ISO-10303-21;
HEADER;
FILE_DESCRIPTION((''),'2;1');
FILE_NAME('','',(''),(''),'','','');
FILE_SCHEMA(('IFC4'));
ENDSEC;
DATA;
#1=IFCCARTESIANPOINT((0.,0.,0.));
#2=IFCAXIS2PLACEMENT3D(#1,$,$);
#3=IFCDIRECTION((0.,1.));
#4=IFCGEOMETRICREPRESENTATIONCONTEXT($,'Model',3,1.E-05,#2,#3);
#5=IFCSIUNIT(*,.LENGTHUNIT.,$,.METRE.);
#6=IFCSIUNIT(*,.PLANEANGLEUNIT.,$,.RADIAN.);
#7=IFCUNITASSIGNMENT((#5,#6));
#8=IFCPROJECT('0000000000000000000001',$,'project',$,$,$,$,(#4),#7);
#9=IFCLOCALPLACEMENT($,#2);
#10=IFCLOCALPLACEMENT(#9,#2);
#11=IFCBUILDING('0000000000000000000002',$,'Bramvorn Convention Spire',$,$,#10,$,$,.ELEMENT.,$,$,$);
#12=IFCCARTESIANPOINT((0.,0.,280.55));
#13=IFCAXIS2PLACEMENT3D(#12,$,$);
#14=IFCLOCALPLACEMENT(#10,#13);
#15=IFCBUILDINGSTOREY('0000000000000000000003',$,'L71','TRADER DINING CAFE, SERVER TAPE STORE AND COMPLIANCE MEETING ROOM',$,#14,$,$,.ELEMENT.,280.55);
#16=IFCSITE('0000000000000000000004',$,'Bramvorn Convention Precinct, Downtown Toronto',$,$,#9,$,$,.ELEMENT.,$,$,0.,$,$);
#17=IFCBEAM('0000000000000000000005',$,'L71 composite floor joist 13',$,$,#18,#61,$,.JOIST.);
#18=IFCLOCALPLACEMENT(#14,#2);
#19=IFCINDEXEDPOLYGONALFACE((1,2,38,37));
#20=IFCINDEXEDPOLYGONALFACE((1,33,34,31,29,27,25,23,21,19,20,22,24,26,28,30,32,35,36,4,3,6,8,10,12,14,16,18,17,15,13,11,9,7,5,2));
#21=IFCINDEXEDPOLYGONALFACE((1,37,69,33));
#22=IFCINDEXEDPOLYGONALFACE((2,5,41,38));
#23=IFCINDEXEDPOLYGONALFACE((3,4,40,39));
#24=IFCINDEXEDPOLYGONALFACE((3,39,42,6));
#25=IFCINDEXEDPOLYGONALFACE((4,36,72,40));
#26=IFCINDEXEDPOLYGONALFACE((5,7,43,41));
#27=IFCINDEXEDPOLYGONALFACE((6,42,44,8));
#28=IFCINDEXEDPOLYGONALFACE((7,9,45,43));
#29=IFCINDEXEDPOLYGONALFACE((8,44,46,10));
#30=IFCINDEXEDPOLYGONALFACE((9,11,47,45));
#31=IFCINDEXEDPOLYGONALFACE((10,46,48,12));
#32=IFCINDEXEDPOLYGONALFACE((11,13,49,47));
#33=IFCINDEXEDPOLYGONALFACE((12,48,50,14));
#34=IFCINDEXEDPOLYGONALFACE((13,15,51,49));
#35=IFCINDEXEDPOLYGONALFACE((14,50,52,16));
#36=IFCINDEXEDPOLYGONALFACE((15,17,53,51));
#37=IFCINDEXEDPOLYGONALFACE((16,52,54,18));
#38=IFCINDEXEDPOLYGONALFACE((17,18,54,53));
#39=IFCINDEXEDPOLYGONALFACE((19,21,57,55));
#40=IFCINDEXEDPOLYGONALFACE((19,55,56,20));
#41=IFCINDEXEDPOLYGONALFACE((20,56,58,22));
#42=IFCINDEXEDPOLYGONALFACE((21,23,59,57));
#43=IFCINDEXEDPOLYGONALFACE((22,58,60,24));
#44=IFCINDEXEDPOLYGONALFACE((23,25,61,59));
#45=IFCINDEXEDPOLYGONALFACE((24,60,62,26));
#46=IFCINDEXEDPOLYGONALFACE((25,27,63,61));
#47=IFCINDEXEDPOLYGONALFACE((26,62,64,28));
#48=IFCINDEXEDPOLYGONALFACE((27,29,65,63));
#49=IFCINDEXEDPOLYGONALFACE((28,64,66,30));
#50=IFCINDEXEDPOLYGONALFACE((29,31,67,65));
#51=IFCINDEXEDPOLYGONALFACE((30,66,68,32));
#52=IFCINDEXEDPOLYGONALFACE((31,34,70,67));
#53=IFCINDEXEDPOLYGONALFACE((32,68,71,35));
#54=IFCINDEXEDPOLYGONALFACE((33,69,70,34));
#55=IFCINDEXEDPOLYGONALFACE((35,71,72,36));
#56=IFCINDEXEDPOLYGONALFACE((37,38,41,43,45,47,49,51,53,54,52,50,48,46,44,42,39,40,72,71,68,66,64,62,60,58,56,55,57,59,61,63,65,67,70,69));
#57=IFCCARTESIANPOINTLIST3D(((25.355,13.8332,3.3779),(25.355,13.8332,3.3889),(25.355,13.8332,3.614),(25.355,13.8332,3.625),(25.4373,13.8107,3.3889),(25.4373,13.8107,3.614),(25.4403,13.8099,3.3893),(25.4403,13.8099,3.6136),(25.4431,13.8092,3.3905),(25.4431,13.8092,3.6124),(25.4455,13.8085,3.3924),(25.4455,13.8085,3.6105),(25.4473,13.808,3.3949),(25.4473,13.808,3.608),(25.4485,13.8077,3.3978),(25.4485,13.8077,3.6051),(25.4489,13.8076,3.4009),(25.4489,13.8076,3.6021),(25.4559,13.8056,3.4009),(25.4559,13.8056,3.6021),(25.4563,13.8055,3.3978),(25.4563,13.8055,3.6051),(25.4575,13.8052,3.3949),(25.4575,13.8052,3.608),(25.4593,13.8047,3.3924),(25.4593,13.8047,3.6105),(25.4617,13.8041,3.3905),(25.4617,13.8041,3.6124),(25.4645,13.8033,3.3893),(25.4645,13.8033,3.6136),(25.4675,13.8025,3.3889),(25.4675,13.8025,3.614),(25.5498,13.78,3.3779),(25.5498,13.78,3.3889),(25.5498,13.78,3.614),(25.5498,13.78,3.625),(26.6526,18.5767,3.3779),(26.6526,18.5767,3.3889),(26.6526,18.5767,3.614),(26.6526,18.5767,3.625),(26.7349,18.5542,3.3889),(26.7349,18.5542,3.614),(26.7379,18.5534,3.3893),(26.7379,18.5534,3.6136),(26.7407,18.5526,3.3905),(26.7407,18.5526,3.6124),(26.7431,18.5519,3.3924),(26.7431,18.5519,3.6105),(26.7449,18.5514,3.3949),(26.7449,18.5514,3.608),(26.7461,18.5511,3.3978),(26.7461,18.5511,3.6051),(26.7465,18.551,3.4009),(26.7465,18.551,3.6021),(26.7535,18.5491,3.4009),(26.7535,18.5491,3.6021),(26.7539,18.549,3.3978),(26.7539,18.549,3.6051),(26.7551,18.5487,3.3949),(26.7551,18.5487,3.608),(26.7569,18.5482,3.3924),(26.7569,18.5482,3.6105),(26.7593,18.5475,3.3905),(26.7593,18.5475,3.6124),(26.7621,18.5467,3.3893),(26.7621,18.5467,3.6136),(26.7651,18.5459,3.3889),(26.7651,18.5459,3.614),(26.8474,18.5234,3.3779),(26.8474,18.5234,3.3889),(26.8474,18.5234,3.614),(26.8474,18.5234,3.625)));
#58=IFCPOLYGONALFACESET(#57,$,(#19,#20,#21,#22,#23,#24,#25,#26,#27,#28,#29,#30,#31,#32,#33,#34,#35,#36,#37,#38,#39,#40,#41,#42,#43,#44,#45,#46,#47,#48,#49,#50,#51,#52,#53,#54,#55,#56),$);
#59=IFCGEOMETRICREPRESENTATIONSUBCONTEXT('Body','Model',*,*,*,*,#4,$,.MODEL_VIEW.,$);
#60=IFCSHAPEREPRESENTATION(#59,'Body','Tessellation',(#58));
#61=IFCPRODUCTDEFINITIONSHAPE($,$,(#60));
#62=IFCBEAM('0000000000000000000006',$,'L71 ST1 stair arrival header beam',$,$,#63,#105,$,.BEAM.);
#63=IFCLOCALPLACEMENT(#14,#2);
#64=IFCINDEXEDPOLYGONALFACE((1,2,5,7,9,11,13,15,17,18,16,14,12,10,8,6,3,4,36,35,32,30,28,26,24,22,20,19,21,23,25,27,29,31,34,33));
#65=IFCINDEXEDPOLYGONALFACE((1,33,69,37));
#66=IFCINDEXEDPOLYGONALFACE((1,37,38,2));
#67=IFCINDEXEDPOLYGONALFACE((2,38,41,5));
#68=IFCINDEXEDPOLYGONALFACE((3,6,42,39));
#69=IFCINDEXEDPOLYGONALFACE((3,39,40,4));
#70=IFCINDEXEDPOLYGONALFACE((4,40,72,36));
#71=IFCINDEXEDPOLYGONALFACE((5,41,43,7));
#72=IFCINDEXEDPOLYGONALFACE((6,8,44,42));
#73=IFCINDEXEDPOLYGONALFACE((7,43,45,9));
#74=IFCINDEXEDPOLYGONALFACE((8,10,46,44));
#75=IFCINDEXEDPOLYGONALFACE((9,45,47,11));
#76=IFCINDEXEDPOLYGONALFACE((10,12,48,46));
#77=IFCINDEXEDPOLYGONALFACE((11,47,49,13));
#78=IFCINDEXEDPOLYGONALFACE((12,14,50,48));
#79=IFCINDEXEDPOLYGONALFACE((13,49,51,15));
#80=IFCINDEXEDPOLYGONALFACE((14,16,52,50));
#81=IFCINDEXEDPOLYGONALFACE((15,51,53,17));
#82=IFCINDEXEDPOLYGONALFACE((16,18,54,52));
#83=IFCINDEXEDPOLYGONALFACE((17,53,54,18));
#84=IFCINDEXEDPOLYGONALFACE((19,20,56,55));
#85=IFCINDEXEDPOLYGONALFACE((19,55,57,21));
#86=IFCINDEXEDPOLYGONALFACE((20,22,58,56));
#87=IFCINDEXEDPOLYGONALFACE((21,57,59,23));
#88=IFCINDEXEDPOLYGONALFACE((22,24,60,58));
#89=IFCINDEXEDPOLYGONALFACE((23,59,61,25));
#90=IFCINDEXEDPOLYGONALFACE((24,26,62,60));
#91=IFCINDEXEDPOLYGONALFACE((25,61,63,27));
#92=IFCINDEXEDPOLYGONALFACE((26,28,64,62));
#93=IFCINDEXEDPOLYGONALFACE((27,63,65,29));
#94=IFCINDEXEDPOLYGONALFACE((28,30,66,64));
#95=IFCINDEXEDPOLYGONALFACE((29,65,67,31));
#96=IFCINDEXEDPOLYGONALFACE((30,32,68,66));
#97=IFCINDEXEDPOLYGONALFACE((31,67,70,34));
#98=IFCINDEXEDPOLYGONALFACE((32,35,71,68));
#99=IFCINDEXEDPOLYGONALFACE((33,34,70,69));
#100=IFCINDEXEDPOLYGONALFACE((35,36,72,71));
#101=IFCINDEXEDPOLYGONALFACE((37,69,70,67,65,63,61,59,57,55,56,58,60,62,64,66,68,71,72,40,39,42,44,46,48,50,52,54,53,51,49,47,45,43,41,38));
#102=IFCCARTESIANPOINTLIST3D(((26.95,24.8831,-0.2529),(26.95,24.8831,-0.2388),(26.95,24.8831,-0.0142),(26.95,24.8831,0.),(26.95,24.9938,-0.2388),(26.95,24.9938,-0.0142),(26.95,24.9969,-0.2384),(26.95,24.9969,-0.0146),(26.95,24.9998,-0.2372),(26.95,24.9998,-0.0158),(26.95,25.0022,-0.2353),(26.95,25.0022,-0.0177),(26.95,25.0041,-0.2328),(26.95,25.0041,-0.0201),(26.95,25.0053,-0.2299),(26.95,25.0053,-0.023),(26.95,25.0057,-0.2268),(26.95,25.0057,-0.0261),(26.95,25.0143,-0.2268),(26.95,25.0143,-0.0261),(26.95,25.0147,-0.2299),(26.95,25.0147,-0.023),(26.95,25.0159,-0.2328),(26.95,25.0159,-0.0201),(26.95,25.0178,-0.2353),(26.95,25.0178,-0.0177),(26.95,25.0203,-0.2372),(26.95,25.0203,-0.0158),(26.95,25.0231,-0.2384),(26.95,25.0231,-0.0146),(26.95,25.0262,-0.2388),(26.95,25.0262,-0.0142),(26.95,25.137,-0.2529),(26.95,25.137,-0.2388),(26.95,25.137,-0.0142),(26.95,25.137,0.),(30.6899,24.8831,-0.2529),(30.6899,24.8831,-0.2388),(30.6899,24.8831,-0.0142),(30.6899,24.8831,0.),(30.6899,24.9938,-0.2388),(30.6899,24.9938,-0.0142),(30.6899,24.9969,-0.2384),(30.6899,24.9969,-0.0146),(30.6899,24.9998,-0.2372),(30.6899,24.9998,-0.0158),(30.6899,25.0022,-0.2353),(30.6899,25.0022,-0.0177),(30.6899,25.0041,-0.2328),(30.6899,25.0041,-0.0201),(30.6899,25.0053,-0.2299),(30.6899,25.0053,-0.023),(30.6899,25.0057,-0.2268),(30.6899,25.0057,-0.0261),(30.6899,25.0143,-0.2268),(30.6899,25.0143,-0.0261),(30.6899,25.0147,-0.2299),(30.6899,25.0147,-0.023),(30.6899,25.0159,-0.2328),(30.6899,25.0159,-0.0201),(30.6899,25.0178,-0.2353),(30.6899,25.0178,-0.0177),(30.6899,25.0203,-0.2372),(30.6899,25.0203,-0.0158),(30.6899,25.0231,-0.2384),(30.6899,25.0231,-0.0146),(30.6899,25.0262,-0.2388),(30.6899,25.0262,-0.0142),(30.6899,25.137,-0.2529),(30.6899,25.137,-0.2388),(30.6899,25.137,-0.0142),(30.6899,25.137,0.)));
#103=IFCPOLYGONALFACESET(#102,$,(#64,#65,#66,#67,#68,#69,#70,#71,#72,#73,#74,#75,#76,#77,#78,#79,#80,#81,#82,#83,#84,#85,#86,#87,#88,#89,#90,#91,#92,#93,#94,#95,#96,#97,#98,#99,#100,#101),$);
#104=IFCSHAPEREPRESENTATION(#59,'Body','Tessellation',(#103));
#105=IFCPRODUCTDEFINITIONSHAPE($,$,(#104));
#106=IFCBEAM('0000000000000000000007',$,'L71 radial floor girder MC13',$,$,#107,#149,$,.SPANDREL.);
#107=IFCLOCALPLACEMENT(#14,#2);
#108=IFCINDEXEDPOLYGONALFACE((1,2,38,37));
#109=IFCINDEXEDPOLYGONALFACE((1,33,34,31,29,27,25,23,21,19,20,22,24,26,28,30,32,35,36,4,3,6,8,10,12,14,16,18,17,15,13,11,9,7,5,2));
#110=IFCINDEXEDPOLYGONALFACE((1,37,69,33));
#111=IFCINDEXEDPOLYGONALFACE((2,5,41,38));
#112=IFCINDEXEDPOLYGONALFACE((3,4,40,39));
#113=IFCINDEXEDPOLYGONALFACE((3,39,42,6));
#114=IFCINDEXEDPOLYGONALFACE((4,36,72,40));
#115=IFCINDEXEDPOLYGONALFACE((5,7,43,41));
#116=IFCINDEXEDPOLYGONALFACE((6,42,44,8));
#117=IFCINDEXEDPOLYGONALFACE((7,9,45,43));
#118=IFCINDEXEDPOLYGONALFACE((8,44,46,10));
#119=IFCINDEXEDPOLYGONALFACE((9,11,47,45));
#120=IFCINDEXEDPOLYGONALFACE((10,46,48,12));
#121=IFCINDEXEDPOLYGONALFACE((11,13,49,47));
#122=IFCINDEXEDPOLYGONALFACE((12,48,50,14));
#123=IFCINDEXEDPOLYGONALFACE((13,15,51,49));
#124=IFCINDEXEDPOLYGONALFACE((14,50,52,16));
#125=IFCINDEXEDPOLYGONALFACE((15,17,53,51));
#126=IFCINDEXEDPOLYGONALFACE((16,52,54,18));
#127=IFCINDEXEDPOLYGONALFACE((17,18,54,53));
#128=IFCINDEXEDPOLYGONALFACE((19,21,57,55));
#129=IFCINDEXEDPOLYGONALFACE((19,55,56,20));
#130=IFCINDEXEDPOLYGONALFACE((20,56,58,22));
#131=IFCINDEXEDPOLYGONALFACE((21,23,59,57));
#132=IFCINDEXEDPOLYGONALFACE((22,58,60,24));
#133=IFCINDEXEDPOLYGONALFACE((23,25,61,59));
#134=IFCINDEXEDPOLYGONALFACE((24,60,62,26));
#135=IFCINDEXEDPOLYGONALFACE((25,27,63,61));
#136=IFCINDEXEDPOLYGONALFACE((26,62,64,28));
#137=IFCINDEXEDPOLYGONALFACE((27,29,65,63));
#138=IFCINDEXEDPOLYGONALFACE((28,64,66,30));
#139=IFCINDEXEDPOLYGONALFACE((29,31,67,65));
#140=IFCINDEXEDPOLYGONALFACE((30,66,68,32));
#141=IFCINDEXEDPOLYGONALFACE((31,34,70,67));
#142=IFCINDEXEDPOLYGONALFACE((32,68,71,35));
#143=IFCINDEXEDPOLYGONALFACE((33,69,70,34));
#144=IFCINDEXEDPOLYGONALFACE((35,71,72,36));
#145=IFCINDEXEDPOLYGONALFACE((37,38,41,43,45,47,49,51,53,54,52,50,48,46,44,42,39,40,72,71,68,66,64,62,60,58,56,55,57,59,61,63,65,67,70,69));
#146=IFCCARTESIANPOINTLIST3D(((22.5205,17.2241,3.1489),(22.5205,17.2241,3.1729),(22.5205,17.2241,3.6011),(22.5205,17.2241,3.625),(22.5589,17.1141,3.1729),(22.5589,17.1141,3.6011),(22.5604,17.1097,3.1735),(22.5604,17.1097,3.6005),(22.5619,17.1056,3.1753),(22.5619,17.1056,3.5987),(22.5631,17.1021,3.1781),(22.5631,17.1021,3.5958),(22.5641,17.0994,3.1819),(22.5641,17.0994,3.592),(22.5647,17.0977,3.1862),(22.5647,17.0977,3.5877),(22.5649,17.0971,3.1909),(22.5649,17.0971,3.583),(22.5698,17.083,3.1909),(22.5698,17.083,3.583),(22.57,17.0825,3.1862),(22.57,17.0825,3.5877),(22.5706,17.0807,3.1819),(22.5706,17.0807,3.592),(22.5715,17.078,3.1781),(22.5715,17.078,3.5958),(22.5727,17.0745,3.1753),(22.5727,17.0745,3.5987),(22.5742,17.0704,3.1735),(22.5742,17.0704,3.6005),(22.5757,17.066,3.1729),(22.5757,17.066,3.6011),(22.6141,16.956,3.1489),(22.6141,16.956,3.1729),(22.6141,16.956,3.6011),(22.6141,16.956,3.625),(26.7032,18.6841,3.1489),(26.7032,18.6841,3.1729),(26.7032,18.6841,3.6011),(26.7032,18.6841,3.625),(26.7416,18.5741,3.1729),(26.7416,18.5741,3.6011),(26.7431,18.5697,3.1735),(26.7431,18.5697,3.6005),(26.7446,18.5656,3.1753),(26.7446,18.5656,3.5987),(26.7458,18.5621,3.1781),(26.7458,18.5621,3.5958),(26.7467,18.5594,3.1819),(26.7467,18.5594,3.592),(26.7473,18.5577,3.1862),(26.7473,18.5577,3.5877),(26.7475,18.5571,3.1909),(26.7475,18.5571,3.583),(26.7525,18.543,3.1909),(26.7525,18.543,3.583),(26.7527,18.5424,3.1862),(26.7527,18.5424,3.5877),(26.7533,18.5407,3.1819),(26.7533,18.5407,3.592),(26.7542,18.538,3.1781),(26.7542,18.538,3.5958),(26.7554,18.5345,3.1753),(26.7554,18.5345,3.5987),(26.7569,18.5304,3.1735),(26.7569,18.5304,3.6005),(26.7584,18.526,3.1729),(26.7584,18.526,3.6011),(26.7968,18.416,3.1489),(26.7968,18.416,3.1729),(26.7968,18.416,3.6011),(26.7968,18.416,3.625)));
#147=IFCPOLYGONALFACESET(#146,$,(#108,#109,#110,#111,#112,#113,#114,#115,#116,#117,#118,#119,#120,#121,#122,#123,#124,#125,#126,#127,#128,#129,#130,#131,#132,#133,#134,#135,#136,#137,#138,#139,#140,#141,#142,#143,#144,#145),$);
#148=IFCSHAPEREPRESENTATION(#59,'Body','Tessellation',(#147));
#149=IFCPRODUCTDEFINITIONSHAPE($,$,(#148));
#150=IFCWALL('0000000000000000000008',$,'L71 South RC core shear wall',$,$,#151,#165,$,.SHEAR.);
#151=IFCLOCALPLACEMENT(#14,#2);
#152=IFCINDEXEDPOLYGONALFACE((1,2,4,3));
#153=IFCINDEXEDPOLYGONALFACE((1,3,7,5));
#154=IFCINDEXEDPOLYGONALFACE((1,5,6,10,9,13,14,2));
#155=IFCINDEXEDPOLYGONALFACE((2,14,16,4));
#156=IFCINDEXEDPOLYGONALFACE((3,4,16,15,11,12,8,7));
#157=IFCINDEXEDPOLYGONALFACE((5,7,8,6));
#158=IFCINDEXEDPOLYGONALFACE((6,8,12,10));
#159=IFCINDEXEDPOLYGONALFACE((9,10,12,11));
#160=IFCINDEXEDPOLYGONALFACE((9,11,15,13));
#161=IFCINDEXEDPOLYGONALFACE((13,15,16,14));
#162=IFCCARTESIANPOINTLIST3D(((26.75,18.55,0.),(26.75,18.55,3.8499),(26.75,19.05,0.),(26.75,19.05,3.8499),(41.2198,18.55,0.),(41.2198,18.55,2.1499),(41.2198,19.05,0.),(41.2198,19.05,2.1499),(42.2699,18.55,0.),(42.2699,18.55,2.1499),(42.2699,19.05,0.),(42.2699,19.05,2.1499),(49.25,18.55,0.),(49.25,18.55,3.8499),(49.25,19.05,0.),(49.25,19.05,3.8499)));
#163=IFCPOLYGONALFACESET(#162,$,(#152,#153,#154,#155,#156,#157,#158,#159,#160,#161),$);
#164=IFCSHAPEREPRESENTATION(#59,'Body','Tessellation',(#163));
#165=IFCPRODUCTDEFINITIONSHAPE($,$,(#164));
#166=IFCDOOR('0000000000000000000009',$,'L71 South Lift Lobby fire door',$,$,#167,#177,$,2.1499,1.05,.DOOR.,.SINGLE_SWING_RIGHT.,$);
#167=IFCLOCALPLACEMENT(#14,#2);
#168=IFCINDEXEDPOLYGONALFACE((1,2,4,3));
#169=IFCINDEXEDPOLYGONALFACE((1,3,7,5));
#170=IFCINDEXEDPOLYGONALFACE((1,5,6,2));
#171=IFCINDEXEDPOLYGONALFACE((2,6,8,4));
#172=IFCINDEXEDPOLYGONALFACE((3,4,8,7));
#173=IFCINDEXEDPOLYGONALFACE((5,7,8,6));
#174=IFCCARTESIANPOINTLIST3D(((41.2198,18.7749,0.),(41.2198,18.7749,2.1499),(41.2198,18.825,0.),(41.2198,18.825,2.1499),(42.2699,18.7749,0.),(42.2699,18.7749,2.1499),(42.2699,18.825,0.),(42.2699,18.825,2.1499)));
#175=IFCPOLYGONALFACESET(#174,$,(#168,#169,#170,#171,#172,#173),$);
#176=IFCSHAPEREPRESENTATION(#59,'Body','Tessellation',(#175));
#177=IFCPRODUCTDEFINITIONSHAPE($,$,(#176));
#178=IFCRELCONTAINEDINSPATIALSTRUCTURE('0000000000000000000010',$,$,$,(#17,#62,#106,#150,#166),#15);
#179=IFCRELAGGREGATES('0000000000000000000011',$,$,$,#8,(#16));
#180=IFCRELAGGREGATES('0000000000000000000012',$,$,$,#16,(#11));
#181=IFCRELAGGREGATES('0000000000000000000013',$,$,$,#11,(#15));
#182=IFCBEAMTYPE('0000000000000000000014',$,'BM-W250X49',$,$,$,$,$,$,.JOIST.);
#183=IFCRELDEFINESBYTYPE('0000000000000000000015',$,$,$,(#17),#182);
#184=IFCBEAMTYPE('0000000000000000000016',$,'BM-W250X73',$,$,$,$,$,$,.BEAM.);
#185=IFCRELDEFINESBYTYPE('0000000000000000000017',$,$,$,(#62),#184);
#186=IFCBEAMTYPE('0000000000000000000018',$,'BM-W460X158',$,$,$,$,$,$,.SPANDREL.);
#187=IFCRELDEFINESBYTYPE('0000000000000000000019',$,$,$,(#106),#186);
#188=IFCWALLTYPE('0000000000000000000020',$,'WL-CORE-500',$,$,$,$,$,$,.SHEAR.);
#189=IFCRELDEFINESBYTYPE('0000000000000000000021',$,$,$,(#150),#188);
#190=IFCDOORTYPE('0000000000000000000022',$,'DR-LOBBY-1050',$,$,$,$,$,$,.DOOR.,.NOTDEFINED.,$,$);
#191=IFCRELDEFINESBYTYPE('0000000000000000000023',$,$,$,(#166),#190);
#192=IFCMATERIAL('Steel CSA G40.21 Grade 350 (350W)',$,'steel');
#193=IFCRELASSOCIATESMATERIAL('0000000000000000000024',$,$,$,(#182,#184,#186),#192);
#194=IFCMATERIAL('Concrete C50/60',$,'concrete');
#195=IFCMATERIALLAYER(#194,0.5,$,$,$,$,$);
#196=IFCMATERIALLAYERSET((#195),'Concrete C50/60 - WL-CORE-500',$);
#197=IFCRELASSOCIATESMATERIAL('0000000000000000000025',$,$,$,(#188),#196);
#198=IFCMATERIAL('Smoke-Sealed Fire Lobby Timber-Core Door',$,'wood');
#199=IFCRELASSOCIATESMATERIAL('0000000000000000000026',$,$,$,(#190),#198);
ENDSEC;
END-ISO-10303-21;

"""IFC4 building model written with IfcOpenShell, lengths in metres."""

from ifc_helpers import new_model, si_unit, direction, frame, frame_2d, origin, origin_2d, place, context, subcontext, project, spatial, rectangle, i_section, extrude, material, layer, layer_set, material_profile, profile_set, type_object, element, fill, save


model = new_model("IFC4")

# Units and contexts
model_context = context("Model", 3, precision=1e-05, world=origin(), true_north=direction((0.0, 1.0)))
body_context = subcontext(model_context, "Body", "Model", "MODEL_VIEW")
ifc_project = project(units=[si_unit("LENGTHUNIT", "METRE"), si_unit("PLANEANGLEUNIT", "RADIAN")], contexts=[model_context])

# Site, building, storey
site_placement = place(None, origin())
site = spatial("IfcSite", under=ifc_project, at=site_placement, Name="Bramvorn Convention Precinct, Downtown Toronto", CompositionType="ELEMENT", RefElevation=0.0)
building_placement = place(site_placement, origin())
building = spatial("IfcBuilding", under=site, at=building_placement, Name="Bramvorn Convention Spire", CompositionType="ELEMENT")
storey_placement = place(building_placement, frame((0.0, 0.0, 280.55)))
storey = spatial("IfcBuildingStorey", under=building, at=storey_placement, Name="L71", Description="TRADER DINING CAFE, SERVER TAPE STORE AND COMPLIANCE MEETING ROOM", CompositionType="ELEMENT", Elevation=280.55)

# Beams
ifc_material_1 = material(Name="Steel CSA G40.21 Grade 350 (350W)", Category="steel")
ifc_material_profile_1 = material_profile(ifc_material_1, i_section(OverallWidth=0.2019, OverallDepth=0.2471, WebThickness=0.0073, FlangeThickness=0.011, FilletRadius=0.012, at=origin_2d()))
ifc_profile_set_1 = profile_set([ifc_material_profile_1], Name="Steel CSA G40.21 Grade 350 (350W) - W250X49")
beam_type_1 = type_object("IfcBeamType", Name="BM-W250X49", PredefinedType="JOIST", material=ifc_profile_set_1)
beam_1_placement = place(storey_placement, frame((26.75, 18.55, 3.5015), z_axis=(-0.263865, -0.96456, 0.0), x_axis=(0.96456, -0.263865, 0.0)))
element("IfcBeam", 1, at=beam_1_placement, inside=storey, type_object=beam_type_1, Name="L71 composite floor joist 13", PredefinedType="JOIST", context=body_context, shape_type="SweptSolid", body=[
    extrude(i_section(OverallWidth=0.2019, OverallDepth=0.2471, WebThickness=0.0073, FlangeThickness=0.011, FilletRadius=0.012, at=origin_2d()), origin(), (0.0, 0.0, 1.0), 4.9177),
])
ifc_material_profile_2 = material_profile(ifc_material_1, i_section(OverallWidth=0.2539, OverallDepth=0.2529, WebThickness=0.0085, FlangeThickness=0.0142, FilletRadius=0.012, at=origin_2d()))
ifc_profile_set_2 = profile_set([ifc_material_profile_2], Name="Steel CSA G40.21 Grade 350 (350W) - W250X73")
beam_type_2 = type_object("IfcBeamType", Name="BM-W250X73", PredefinedType="BEAM", material=ifc_profile_set_2)
beam_2_placement = place(storey_placement, frame((26.95, 25.01, -0.1265), z_axis=(1.0, 0.0, 0.0), x_axis=(0.0, 1.0, 0.0)))
element("IfcBeam", 2, at=beam_2_placement, inside=storey, type_object=beam_type_2, Name="L71 ST1 stair arrival header beam", PredefinedType="BEAM", context=body_context, shape_type="SweptSolid", body=[
    extrude(i_section(OverallWidth=0.2539, OverallDepth=0.2529, WebThickness=0.0085, FlangeThickness=0.0142, FilletRadius=0.012, at=origin_2d()), origin(), (0.0, 0.0, 1.0), 3.74),
])
ifc_material_profile_3 = material_profile(ifc_material_1, i_section(OverallWidth=0.2839, OverallDepth=0.4761, WebThickness=0.0149, FlangeThickness=0.0239, FilletRadius=0.0181, at=origin_2d()))
ifc_profile_set_3 = profile_set([ifc_material_profile_3], Name="Steel CSA G40.21 Grade 350 (350W) - W460X158")
beam_type_3 = type_object("IfcBeamType", Name="BM-W460X158", PredefinedType="SPANDREL", material=ifc_profile_set_3)
beam_3_placement = place(storey_placement, frame((26.75, 18.55, 3.387), z_axis=(-0.944136, -0.329555, 0.0), x_axis=(0.329555, -0.944136, 0.0)))
element("IfcBeam", 3, at=beam_3_placement, inside=storey, type_object=beam_type_3, Name="L71 radial floor girder MC13", PredefinedType="SPANDREL", context=body_context, shape_type="SweptSolid", body=[
    extrude(i_section(OverallWidth=0.2839, OverallDepth=0.4761, WebThickness=0.0149, FlangeThickness=0.0239, FilletRadius=0.0181, at=origin_2d()), origin(), (0.0, 0.0, 1.0), 4.4302),
])

# Wall, opening, door
ifc_material_2 = material(Name="Concrete C50/60", Category="concrete")
ifc_layer_1 = layer(ifc_material_2, 0.5)
ifc_layer_set_1 = layer_set([ifc_layer_1], Name="Concrete C50/60 - WL-CORE-500")
wall_type_1 = type_object("IfcWallType", Name="WL-CORE-500", PredefinedType="SHEAR", material=ifc_layer_set_1)
wall_1_placement = place(storey_placement, frame((26.75, 18.8, 0.0), z_axis=(0.0, 0.0, 1.0), x_axis=(1.0, 0.0, 0.0)))
wall_1 = element("IfcWall", 4, at=wall_1_placement, inside=storey, type_object=wall_type_1, Name="L71 South RC core shear wall", PredefinedType="SHEAR", context=body_context, shape_type="SweptSolid", body=[
    extrude(rectangle(XDim=22.5, YDim=0.5, at=frame_2d((11.25, 0.0))), origin(), (0.0, 0.0, 1.0), 3.8499),
])
opening_1_placement = place(wall_1_placement, frame((14.47, 0.0, 0.0)))
opening_1 = element("IfcOpeningElement", 5, at=opening_1_placement, cuts=wall_1, PredefinedType="OPENING", context=body_context, shape_type="SweptSolid", body=[
    extrude(rectangle(XDim=1.05, YDim=2.1499, at=frame_2d((0.5249, 1.075))), frame((0.0, 0.26, 0.0), z_axis=(0.0, -1.0, 0.0), x_axis=(1.0, 0.0, 0.0)), (0.0, 0.0, 1.0), 0.52),
])
ifc_material_3 = material(Name="Smoke-Sealed Fire Lobby Timber-Core Door", Category="wood")
door_type_1 = type_object("IfcDoorType", Name="DR-LOBBY-1050", OperationType="NOTDEFINED", PredefinedType="DOOR", material=ifc_material_3)
door_1_placement = place(opening_1_placement, origin())
door_1 = element("IfcDoor", 6, at=door_1_placement, inside=storey, type_object=door_type_1, Name="L71 South Lift Lobby fire door", OperationType="SINGLE_SWING_RIGHT", OverallHeight=2.1499, OverallWidth=1.05, PredefinedType="DOOR", context=body_context, shape_type="SweptSolid", body=[
    extrude(rectangle(XDim=1.05, YDim=2.1499, at=frame_2d((0.5249, 1.075))), frame((0.0, 0.0249, 0.0), z_axis=(0.0, -1.0, 0.0), x_axis=(1.0, 0.0, 0.0)), (0.0, 0.0, 1.0), 0.05),
])
fill(opening_1, door_1)

save(model, "model.ifc")
